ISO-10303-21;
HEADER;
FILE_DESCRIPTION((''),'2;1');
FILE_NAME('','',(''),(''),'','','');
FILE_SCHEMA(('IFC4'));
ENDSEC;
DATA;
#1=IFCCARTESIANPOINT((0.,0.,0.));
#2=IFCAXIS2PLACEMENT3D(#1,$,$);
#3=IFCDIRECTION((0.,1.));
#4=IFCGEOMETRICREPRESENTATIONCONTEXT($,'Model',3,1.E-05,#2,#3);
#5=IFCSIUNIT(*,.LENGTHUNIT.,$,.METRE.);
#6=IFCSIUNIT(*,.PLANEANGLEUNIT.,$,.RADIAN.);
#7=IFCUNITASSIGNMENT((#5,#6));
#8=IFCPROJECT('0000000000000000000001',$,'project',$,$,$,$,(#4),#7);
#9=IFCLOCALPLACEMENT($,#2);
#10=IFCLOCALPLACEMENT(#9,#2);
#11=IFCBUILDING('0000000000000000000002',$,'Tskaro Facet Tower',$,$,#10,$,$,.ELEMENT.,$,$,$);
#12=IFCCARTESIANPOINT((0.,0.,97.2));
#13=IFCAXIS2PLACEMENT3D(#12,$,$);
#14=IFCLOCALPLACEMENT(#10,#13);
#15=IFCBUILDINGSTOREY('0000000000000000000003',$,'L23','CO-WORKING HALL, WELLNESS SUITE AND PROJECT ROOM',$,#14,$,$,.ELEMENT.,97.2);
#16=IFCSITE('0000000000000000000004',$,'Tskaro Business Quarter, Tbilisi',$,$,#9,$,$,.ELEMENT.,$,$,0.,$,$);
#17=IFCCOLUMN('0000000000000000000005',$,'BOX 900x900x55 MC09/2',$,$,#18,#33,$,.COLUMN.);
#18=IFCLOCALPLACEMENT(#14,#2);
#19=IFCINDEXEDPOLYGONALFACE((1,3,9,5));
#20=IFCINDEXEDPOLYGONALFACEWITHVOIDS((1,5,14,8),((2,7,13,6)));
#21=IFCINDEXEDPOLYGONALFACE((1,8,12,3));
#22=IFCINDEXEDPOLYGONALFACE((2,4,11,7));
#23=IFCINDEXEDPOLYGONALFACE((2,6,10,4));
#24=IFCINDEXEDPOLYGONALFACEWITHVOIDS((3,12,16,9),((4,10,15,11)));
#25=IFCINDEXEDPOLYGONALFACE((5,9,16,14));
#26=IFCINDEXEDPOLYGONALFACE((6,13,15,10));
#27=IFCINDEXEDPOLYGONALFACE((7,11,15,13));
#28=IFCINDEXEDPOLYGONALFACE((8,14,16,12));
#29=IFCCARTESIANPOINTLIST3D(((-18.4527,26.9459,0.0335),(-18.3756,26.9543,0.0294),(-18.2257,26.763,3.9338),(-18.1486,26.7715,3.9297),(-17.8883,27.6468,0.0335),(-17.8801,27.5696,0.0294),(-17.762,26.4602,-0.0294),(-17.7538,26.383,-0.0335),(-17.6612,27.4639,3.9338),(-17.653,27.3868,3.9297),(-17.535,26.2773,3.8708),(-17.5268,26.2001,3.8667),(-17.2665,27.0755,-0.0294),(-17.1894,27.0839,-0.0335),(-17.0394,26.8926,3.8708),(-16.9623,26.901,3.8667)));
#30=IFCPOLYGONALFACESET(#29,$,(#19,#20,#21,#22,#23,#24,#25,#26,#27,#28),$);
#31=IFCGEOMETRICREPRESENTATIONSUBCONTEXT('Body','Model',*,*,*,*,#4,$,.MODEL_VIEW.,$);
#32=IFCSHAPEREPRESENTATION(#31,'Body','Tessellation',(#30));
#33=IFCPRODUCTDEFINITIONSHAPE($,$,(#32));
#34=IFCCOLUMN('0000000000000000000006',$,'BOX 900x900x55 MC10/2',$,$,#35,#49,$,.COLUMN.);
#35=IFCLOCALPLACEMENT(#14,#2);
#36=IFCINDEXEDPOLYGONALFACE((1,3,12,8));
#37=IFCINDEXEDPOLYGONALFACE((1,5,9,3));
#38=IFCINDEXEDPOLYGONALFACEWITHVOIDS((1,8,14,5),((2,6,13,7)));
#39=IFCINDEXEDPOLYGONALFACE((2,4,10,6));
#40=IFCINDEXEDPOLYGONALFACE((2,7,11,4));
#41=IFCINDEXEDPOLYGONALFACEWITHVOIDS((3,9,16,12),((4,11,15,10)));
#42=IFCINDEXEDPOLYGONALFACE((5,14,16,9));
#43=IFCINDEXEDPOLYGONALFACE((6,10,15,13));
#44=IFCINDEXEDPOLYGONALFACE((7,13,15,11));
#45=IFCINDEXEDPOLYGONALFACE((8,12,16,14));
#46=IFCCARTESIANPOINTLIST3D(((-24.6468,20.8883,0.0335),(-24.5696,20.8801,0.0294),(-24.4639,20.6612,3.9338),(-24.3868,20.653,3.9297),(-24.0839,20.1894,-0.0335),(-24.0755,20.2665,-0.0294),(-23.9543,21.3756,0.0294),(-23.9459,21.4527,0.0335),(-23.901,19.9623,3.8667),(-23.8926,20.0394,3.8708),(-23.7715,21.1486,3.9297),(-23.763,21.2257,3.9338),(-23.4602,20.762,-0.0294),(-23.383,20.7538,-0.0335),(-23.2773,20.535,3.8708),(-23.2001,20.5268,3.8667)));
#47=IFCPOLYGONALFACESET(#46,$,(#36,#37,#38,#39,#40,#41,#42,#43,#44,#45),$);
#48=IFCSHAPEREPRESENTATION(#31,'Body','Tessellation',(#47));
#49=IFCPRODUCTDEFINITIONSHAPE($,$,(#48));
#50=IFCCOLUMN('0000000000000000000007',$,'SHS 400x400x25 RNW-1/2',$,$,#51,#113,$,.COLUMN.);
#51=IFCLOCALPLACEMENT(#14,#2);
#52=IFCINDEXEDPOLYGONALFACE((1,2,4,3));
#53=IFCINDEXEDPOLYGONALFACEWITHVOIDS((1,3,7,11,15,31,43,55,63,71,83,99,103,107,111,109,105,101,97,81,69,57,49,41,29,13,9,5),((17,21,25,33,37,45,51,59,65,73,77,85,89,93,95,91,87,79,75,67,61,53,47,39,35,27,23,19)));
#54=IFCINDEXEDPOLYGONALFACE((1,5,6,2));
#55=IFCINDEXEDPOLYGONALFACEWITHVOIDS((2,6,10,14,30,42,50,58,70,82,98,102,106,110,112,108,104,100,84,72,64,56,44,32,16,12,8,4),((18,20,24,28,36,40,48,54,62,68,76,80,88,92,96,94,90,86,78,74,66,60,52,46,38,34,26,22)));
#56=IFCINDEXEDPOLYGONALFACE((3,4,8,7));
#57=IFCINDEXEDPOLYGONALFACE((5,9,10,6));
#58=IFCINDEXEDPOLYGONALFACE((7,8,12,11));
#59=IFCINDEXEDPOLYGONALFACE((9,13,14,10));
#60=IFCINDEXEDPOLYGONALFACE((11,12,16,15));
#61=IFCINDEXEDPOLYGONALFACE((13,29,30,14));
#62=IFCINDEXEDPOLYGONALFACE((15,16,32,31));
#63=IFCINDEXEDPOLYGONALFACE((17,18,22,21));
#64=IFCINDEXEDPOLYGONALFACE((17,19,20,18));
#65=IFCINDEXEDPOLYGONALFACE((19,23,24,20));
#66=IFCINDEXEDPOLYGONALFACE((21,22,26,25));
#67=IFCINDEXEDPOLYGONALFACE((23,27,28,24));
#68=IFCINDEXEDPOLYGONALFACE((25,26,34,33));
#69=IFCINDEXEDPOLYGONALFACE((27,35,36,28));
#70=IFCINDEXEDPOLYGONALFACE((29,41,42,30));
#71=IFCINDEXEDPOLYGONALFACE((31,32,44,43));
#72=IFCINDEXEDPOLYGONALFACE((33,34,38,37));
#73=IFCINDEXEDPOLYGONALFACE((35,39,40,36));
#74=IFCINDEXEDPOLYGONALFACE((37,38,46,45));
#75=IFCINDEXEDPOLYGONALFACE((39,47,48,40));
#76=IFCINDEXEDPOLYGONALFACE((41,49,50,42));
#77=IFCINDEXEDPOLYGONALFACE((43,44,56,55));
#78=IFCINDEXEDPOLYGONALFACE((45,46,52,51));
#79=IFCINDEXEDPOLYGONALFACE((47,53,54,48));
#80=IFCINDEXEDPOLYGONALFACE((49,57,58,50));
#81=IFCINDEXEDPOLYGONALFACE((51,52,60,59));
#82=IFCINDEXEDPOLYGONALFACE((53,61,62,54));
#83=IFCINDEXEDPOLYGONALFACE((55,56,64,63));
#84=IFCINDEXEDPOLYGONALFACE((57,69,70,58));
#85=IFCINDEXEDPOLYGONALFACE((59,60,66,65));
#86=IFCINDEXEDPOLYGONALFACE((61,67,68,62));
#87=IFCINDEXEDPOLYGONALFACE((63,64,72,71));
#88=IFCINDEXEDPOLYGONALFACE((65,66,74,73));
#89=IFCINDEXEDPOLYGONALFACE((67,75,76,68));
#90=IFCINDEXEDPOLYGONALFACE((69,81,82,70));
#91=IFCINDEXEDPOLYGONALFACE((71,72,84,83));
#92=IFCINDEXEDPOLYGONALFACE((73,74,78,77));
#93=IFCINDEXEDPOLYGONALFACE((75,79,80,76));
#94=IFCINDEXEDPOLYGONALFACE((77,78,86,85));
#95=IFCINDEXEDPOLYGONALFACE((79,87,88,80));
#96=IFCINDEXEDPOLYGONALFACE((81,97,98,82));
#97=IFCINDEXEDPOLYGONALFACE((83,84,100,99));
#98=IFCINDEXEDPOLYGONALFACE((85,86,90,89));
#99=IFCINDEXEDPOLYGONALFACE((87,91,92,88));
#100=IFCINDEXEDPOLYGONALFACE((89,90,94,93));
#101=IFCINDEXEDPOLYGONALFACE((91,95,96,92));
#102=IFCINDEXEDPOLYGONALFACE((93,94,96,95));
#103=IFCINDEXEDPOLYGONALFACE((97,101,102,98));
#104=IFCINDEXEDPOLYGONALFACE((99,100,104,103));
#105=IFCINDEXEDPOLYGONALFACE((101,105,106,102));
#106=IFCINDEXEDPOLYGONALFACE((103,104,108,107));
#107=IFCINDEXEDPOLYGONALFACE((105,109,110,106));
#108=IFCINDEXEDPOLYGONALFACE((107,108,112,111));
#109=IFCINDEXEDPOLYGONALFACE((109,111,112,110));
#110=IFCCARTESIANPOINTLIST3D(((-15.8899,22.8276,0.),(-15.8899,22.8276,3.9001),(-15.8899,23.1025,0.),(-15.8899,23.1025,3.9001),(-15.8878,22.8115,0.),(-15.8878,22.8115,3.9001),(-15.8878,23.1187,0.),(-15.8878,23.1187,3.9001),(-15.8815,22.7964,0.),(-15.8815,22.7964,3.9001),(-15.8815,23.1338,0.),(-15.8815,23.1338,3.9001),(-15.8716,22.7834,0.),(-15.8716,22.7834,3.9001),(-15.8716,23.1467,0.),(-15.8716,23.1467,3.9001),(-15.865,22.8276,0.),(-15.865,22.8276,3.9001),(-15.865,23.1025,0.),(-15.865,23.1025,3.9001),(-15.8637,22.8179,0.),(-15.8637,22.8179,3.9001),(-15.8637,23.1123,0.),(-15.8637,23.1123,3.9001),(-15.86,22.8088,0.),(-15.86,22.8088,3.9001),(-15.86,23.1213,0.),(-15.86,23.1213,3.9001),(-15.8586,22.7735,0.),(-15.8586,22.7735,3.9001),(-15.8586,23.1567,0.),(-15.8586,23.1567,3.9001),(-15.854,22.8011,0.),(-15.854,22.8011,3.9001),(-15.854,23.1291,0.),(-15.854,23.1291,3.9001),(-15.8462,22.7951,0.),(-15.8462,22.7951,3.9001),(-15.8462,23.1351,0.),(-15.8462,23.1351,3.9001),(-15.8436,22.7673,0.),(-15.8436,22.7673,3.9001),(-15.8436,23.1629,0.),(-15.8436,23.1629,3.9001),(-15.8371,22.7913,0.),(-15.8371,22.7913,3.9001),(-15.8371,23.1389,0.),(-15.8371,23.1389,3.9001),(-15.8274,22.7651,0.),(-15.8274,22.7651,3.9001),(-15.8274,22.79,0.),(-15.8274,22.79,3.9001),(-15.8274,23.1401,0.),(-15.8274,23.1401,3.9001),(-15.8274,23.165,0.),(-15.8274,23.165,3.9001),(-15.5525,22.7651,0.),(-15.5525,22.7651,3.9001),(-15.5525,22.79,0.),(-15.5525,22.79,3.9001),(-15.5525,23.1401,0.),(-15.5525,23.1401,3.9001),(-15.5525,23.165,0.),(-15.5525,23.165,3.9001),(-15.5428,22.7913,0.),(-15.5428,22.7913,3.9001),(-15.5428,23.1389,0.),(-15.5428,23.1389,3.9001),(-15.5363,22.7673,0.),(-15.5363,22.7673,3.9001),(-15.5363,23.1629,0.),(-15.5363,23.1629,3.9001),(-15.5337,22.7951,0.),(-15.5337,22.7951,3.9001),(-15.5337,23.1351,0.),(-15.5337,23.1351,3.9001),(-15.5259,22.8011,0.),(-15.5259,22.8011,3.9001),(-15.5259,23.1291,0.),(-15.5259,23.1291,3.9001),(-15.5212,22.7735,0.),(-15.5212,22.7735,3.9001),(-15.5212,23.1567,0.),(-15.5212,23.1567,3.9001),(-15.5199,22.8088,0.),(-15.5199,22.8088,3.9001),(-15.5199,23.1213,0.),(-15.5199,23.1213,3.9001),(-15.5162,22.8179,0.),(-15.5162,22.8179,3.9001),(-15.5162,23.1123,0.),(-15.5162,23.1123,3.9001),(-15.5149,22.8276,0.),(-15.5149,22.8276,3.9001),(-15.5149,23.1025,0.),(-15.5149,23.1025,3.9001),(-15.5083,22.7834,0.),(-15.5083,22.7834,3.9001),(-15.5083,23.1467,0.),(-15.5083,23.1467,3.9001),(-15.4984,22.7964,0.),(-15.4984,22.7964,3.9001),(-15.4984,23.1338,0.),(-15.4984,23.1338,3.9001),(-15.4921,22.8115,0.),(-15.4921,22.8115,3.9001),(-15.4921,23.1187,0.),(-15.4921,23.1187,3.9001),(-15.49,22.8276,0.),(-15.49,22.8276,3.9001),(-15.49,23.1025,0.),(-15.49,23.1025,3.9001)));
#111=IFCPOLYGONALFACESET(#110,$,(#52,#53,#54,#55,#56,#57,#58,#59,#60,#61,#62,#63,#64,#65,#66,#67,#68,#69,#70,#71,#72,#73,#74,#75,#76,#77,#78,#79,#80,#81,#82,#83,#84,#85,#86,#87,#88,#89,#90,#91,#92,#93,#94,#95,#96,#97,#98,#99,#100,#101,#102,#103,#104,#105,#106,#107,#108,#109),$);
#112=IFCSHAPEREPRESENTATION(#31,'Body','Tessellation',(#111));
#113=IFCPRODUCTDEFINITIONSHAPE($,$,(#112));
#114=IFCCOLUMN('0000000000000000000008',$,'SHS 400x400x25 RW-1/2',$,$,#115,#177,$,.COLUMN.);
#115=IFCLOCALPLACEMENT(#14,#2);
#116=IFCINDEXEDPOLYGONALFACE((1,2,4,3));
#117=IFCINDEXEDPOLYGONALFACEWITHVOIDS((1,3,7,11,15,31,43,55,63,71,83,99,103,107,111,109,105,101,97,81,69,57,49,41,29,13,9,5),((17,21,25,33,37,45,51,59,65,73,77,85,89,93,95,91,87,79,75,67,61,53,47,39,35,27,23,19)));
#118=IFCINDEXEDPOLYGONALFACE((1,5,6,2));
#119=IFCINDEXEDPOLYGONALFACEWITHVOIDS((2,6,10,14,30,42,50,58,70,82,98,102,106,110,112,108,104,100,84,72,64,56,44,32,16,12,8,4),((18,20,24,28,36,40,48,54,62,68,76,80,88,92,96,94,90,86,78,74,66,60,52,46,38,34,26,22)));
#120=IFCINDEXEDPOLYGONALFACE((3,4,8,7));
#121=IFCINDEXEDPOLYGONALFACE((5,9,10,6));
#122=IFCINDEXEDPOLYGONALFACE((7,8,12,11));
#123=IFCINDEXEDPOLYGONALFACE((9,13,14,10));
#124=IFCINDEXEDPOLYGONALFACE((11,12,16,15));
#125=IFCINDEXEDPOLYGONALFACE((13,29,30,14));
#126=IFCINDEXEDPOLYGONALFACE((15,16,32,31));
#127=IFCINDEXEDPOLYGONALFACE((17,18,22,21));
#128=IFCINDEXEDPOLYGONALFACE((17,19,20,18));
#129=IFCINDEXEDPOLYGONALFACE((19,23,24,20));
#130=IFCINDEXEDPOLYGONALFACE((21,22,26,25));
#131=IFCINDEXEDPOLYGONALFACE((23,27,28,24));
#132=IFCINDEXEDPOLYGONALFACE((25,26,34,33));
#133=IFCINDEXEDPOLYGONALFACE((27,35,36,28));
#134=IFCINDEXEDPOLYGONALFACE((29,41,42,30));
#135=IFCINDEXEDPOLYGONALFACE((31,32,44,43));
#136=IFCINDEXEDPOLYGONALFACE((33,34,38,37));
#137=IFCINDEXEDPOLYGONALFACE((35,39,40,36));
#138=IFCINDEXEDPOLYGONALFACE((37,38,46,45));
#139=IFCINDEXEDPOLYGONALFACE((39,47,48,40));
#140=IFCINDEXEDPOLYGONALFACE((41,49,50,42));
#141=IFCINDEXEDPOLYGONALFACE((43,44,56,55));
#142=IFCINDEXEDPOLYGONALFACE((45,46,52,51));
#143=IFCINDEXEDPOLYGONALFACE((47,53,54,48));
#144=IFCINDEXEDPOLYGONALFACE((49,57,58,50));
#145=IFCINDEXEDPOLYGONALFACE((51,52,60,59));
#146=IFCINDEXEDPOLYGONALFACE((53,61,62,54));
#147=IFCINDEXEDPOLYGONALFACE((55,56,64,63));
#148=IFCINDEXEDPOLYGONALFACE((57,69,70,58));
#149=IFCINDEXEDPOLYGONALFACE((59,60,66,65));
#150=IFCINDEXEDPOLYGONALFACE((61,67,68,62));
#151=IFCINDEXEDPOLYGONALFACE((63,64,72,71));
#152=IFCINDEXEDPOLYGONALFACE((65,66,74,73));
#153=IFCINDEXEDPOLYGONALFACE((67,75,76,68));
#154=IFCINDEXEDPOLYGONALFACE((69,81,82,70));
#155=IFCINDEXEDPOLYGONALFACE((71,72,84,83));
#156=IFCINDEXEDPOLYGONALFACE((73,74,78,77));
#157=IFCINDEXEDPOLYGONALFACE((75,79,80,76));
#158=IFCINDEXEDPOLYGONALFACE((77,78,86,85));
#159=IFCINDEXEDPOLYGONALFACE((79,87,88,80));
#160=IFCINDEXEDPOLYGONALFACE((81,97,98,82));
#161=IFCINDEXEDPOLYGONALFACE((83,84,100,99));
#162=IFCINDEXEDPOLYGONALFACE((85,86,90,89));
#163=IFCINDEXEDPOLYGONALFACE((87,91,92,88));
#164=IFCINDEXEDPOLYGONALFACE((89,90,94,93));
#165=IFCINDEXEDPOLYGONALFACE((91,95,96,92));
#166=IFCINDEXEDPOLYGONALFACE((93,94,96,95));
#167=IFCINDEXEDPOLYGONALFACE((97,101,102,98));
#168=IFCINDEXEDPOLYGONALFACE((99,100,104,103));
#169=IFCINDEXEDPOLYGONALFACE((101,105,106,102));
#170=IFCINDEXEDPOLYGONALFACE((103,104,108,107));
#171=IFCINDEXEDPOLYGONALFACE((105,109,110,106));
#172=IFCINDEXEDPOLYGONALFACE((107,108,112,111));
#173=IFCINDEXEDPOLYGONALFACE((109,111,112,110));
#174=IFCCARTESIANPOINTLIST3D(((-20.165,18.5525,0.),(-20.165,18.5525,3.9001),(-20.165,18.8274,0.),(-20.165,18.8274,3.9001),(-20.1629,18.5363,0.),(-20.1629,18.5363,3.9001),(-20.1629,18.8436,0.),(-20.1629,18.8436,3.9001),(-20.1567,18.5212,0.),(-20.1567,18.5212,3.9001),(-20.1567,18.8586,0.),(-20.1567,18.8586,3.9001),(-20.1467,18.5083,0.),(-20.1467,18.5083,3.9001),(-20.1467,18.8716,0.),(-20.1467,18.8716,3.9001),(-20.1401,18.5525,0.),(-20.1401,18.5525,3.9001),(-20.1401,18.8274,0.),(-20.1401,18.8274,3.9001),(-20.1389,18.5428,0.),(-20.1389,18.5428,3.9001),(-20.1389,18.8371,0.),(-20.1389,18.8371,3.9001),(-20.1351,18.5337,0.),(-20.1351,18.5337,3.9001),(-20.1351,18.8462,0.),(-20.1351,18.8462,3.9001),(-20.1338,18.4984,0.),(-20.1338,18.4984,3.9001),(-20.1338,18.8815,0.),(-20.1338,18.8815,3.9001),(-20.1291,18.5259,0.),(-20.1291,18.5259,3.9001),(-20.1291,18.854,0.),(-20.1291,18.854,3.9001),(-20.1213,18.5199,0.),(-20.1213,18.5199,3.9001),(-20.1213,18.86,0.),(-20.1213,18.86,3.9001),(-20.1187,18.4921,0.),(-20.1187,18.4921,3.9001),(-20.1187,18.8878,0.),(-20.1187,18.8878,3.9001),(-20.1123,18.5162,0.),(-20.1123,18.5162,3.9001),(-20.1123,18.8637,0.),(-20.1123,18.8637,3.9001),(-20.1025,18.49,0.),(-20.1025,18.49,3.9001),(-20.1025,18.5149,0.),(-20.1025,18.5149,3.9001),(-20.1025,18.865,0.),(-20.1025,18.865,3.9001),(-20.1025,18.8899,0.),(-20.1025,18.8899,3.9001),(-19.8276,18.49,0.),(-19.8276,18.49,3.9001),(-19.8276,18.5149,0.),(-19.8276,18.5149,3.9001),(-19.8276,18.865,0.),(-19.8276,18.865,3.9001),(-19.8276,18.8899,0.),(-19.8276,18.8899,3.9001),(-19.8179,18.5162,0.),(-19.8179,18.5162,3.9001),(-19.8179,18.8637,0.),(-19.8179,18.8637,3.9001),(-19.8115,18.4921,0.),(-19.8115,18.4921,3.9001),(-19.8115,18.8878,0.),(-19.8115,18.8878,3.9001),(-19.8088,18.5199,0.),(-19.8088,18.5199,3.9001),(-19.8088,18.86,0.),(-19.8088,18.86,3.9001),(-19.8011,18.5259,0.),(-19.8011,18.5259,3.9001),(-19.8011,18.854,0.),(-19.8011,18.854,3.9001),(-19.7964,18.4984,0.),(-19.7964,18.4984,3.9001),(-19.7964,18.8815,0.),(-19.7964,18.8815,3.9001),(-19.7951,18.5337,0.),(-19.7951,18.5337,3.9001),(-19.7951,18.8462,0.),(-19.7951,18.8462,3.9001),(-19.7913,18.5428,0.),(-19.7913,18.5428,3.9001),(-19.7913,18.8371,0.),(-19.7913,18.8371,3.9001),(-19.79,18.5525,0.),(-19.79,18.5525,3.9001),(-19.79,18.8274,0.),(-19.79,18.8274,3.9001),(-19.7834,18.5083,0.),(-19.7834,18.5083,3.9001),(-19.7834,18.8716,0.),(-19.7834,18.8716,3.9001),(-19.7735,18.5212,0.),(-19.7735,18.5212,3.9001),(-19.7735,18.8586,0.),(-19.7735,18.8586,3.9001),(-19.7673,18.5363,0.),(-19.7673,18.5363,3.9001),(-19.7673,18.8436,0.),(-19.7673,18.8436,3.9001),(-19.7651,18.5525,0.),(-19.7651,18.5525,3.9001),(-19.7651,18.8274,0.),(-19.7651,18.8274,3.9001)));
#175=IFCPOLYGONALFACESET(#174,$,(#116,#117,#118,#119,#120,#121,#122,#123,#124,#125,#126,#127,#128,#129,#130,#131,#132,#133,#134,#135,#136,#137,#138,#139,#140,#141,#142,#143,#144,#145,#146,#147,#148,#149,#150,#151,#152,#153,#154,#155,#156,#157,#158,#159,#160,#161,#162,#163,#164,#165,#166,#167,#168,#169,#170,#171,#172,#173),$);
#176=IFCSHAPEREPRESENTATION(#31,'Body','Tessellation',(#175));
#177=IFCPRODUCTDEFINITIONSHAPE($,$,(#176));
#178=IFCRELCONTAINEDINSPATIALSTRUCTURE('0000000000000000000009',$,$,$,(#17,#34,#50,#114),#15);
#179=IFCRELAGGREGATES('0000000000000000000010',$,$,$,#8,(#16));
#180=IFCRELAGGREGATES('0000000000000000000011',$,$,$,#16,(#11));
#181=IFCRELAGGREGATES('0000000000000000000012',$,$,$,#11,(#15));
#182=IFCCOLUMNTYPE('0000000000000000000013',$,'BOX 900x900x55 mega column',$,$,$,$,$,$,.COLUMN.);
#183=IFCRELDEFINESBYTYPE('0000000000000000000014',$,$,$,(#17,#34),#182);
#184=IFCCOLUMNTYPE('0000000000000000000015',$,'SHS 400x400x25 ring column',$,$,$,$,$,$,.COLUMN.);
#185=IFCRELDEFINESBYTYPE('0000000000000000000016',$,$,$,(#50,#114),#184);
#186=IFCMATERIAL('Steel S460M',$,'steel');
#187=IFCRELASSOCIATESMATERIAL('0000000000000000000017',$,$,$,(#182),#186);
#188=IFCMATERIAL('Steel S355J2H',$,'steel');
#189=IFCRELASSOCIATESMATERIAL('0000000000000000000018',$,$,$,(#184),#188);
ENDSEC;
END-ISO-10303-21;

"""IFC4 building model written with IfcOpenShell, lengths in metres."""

from ifc_helpers import new_model, si_unit, direction, frame, origin, origin_2d, place, context, subcontext, project, spatial, hollow_rectangle, extrude, material, material_profile, profile_set, type_object, element, save


model = new_model("IFC4")

# Units and contexts
model_context = context("Model", 3, precision=1e-05, world=origin(), true_north=direction((0.0, 1.0)))
body_context = subcontext(model_context, "Body", "Model", "MODEL_VIEW")
ifc_project = project(units=[si_unit("LENGTHUNIT", "METRE"), si_unit("PLANEANGLEUNIT", "RADIAN")], contexts=[model_context])

# Site, building, storey
site_placement = place(None, origin())
site = spatial("IfcSite", under=ifc_project, at=site_placement, Name="Tskaro Business Quarter, Tbilisi", CompositionType="ELEMENT", RefElevation=0.0)
building_placement = place(site_placement, origin())
building = spatial("IfcBuilding", under=site, at=building_placement, Name="Tskaro Facet Tower", CompositionType="ELEMENT")
storey_placement = place(building_placement, frame((0.0, 0.0, 97.2)))
storey = spatial("IfcBuildingStorey", under=building, at=storey_placement, Name="L23", Description="CO-WORKING HALL, WELLNESS SUITE AND PROJECT ROOM", CompositionType="ELEMENT", Elevation=97.2)

# Columns
ifc_material_1 = material(Name="Steel S460M", Category="steel")
ifc_material_profile_1 = material_profile(ifc_material_1, hollow_rectangle(XDim=0.8999, YDim=0.8999, WallThickness=0.0549, at=origin_2d()), Name="BOX 900x900x55")
ifc_profile_set_1 = profile_set([ifc_material_profile_1], Name="Steel S460M")
column_type_1 = type_object("IfcColumnType", Name="BOX 900x900x55 mega column", PredefinedType="COLUMN", material=ifc_profile_set_1)
for number, where, z_axis, x_axis, name in (
    (1, (-17.821, 27.0149, 0.0), (0.058054, -0.046755, 0.997218), (0.627245, 0.778822, 0.0), "BOX 900x900x55 MC09/2"),
    (2, (-24.0149, 20.821, 0.0), (0.046755, -0.058054, 0.997218), (0.778822, 0.627245, 0.0), "BOX 900x900x55 MC10/2"),
):
    element("IfcColumn", number, at=place(storey_placement, frame(where, z_axis=z_axis, x_axis=x_axis)), inside=storey, type_object=column_type_1, Name=name, PredefinedType="COLUMN", context=body_context, shape_type="SweptSolid", body=[
        extrude(hollow_rectangle(XDim=0.8999, YDim=0.8999, WallThickness=0.0549, at=origin_2d()), origin(), (0.0, 0.0, 1.0), 3.9111),
    ])
ifc_material_2 = material(Name="Steel S355J2H", Category="steel")
ifc_material_profile_2 = material_profile(ifc_material_2, hollow_rectangle(XDim=0.3999, YDim=0.3999, WallThickness=0.0249, InnerFilletRadius=0.0376, OuterFilletRadius=0.0625, at=origin_2d()), Name="SHS 400x400x25")
ifc_profile_set_2 = profile_set([ifc_material_profile_2], Name="Steel S355J2H")
column_type_2 = type_object("IfcColumnType", Name="SHS 400x400x25 ring column", PredefinedType="COLUMN", material=ifc_profile_set_2)
for number, where, z_axis, x_axis, name in (
    (3, (-15.6899, 22.9651, 0.0), (0.0, 0.0, 1.0), (1.0, 0.0, 0.0), "SHS 400x400x25 RNW-1/2"),
    (4, (-19.9651, 18.6899, 0.0), (0.0, 0.0, 1.0), (1.0, 0.0, 0.0), "SHS 400x400x25 RW-1/2"),
):
    element("IfcColumn", number, at=place(storey_placement, frame(where, z_axis=z_axis, x_axis=x_axis)), inside=storey, type_object=column_type_2, Name=name, PredefinedType="COLUMN", context=body_context, shape_type="SweptSolid", body=[
        extrude(hollow_rectangle(XDim=0.3999, YDim=0.3999, WallThickness=0.0249, InnerFilletRadius=0.0376, OuterFilletRadius=0.0625, at=origin_2d()), origin(), (0.0, 0.0, 1.0), 3.9001),
    ])

save(model, "model.ifc")
